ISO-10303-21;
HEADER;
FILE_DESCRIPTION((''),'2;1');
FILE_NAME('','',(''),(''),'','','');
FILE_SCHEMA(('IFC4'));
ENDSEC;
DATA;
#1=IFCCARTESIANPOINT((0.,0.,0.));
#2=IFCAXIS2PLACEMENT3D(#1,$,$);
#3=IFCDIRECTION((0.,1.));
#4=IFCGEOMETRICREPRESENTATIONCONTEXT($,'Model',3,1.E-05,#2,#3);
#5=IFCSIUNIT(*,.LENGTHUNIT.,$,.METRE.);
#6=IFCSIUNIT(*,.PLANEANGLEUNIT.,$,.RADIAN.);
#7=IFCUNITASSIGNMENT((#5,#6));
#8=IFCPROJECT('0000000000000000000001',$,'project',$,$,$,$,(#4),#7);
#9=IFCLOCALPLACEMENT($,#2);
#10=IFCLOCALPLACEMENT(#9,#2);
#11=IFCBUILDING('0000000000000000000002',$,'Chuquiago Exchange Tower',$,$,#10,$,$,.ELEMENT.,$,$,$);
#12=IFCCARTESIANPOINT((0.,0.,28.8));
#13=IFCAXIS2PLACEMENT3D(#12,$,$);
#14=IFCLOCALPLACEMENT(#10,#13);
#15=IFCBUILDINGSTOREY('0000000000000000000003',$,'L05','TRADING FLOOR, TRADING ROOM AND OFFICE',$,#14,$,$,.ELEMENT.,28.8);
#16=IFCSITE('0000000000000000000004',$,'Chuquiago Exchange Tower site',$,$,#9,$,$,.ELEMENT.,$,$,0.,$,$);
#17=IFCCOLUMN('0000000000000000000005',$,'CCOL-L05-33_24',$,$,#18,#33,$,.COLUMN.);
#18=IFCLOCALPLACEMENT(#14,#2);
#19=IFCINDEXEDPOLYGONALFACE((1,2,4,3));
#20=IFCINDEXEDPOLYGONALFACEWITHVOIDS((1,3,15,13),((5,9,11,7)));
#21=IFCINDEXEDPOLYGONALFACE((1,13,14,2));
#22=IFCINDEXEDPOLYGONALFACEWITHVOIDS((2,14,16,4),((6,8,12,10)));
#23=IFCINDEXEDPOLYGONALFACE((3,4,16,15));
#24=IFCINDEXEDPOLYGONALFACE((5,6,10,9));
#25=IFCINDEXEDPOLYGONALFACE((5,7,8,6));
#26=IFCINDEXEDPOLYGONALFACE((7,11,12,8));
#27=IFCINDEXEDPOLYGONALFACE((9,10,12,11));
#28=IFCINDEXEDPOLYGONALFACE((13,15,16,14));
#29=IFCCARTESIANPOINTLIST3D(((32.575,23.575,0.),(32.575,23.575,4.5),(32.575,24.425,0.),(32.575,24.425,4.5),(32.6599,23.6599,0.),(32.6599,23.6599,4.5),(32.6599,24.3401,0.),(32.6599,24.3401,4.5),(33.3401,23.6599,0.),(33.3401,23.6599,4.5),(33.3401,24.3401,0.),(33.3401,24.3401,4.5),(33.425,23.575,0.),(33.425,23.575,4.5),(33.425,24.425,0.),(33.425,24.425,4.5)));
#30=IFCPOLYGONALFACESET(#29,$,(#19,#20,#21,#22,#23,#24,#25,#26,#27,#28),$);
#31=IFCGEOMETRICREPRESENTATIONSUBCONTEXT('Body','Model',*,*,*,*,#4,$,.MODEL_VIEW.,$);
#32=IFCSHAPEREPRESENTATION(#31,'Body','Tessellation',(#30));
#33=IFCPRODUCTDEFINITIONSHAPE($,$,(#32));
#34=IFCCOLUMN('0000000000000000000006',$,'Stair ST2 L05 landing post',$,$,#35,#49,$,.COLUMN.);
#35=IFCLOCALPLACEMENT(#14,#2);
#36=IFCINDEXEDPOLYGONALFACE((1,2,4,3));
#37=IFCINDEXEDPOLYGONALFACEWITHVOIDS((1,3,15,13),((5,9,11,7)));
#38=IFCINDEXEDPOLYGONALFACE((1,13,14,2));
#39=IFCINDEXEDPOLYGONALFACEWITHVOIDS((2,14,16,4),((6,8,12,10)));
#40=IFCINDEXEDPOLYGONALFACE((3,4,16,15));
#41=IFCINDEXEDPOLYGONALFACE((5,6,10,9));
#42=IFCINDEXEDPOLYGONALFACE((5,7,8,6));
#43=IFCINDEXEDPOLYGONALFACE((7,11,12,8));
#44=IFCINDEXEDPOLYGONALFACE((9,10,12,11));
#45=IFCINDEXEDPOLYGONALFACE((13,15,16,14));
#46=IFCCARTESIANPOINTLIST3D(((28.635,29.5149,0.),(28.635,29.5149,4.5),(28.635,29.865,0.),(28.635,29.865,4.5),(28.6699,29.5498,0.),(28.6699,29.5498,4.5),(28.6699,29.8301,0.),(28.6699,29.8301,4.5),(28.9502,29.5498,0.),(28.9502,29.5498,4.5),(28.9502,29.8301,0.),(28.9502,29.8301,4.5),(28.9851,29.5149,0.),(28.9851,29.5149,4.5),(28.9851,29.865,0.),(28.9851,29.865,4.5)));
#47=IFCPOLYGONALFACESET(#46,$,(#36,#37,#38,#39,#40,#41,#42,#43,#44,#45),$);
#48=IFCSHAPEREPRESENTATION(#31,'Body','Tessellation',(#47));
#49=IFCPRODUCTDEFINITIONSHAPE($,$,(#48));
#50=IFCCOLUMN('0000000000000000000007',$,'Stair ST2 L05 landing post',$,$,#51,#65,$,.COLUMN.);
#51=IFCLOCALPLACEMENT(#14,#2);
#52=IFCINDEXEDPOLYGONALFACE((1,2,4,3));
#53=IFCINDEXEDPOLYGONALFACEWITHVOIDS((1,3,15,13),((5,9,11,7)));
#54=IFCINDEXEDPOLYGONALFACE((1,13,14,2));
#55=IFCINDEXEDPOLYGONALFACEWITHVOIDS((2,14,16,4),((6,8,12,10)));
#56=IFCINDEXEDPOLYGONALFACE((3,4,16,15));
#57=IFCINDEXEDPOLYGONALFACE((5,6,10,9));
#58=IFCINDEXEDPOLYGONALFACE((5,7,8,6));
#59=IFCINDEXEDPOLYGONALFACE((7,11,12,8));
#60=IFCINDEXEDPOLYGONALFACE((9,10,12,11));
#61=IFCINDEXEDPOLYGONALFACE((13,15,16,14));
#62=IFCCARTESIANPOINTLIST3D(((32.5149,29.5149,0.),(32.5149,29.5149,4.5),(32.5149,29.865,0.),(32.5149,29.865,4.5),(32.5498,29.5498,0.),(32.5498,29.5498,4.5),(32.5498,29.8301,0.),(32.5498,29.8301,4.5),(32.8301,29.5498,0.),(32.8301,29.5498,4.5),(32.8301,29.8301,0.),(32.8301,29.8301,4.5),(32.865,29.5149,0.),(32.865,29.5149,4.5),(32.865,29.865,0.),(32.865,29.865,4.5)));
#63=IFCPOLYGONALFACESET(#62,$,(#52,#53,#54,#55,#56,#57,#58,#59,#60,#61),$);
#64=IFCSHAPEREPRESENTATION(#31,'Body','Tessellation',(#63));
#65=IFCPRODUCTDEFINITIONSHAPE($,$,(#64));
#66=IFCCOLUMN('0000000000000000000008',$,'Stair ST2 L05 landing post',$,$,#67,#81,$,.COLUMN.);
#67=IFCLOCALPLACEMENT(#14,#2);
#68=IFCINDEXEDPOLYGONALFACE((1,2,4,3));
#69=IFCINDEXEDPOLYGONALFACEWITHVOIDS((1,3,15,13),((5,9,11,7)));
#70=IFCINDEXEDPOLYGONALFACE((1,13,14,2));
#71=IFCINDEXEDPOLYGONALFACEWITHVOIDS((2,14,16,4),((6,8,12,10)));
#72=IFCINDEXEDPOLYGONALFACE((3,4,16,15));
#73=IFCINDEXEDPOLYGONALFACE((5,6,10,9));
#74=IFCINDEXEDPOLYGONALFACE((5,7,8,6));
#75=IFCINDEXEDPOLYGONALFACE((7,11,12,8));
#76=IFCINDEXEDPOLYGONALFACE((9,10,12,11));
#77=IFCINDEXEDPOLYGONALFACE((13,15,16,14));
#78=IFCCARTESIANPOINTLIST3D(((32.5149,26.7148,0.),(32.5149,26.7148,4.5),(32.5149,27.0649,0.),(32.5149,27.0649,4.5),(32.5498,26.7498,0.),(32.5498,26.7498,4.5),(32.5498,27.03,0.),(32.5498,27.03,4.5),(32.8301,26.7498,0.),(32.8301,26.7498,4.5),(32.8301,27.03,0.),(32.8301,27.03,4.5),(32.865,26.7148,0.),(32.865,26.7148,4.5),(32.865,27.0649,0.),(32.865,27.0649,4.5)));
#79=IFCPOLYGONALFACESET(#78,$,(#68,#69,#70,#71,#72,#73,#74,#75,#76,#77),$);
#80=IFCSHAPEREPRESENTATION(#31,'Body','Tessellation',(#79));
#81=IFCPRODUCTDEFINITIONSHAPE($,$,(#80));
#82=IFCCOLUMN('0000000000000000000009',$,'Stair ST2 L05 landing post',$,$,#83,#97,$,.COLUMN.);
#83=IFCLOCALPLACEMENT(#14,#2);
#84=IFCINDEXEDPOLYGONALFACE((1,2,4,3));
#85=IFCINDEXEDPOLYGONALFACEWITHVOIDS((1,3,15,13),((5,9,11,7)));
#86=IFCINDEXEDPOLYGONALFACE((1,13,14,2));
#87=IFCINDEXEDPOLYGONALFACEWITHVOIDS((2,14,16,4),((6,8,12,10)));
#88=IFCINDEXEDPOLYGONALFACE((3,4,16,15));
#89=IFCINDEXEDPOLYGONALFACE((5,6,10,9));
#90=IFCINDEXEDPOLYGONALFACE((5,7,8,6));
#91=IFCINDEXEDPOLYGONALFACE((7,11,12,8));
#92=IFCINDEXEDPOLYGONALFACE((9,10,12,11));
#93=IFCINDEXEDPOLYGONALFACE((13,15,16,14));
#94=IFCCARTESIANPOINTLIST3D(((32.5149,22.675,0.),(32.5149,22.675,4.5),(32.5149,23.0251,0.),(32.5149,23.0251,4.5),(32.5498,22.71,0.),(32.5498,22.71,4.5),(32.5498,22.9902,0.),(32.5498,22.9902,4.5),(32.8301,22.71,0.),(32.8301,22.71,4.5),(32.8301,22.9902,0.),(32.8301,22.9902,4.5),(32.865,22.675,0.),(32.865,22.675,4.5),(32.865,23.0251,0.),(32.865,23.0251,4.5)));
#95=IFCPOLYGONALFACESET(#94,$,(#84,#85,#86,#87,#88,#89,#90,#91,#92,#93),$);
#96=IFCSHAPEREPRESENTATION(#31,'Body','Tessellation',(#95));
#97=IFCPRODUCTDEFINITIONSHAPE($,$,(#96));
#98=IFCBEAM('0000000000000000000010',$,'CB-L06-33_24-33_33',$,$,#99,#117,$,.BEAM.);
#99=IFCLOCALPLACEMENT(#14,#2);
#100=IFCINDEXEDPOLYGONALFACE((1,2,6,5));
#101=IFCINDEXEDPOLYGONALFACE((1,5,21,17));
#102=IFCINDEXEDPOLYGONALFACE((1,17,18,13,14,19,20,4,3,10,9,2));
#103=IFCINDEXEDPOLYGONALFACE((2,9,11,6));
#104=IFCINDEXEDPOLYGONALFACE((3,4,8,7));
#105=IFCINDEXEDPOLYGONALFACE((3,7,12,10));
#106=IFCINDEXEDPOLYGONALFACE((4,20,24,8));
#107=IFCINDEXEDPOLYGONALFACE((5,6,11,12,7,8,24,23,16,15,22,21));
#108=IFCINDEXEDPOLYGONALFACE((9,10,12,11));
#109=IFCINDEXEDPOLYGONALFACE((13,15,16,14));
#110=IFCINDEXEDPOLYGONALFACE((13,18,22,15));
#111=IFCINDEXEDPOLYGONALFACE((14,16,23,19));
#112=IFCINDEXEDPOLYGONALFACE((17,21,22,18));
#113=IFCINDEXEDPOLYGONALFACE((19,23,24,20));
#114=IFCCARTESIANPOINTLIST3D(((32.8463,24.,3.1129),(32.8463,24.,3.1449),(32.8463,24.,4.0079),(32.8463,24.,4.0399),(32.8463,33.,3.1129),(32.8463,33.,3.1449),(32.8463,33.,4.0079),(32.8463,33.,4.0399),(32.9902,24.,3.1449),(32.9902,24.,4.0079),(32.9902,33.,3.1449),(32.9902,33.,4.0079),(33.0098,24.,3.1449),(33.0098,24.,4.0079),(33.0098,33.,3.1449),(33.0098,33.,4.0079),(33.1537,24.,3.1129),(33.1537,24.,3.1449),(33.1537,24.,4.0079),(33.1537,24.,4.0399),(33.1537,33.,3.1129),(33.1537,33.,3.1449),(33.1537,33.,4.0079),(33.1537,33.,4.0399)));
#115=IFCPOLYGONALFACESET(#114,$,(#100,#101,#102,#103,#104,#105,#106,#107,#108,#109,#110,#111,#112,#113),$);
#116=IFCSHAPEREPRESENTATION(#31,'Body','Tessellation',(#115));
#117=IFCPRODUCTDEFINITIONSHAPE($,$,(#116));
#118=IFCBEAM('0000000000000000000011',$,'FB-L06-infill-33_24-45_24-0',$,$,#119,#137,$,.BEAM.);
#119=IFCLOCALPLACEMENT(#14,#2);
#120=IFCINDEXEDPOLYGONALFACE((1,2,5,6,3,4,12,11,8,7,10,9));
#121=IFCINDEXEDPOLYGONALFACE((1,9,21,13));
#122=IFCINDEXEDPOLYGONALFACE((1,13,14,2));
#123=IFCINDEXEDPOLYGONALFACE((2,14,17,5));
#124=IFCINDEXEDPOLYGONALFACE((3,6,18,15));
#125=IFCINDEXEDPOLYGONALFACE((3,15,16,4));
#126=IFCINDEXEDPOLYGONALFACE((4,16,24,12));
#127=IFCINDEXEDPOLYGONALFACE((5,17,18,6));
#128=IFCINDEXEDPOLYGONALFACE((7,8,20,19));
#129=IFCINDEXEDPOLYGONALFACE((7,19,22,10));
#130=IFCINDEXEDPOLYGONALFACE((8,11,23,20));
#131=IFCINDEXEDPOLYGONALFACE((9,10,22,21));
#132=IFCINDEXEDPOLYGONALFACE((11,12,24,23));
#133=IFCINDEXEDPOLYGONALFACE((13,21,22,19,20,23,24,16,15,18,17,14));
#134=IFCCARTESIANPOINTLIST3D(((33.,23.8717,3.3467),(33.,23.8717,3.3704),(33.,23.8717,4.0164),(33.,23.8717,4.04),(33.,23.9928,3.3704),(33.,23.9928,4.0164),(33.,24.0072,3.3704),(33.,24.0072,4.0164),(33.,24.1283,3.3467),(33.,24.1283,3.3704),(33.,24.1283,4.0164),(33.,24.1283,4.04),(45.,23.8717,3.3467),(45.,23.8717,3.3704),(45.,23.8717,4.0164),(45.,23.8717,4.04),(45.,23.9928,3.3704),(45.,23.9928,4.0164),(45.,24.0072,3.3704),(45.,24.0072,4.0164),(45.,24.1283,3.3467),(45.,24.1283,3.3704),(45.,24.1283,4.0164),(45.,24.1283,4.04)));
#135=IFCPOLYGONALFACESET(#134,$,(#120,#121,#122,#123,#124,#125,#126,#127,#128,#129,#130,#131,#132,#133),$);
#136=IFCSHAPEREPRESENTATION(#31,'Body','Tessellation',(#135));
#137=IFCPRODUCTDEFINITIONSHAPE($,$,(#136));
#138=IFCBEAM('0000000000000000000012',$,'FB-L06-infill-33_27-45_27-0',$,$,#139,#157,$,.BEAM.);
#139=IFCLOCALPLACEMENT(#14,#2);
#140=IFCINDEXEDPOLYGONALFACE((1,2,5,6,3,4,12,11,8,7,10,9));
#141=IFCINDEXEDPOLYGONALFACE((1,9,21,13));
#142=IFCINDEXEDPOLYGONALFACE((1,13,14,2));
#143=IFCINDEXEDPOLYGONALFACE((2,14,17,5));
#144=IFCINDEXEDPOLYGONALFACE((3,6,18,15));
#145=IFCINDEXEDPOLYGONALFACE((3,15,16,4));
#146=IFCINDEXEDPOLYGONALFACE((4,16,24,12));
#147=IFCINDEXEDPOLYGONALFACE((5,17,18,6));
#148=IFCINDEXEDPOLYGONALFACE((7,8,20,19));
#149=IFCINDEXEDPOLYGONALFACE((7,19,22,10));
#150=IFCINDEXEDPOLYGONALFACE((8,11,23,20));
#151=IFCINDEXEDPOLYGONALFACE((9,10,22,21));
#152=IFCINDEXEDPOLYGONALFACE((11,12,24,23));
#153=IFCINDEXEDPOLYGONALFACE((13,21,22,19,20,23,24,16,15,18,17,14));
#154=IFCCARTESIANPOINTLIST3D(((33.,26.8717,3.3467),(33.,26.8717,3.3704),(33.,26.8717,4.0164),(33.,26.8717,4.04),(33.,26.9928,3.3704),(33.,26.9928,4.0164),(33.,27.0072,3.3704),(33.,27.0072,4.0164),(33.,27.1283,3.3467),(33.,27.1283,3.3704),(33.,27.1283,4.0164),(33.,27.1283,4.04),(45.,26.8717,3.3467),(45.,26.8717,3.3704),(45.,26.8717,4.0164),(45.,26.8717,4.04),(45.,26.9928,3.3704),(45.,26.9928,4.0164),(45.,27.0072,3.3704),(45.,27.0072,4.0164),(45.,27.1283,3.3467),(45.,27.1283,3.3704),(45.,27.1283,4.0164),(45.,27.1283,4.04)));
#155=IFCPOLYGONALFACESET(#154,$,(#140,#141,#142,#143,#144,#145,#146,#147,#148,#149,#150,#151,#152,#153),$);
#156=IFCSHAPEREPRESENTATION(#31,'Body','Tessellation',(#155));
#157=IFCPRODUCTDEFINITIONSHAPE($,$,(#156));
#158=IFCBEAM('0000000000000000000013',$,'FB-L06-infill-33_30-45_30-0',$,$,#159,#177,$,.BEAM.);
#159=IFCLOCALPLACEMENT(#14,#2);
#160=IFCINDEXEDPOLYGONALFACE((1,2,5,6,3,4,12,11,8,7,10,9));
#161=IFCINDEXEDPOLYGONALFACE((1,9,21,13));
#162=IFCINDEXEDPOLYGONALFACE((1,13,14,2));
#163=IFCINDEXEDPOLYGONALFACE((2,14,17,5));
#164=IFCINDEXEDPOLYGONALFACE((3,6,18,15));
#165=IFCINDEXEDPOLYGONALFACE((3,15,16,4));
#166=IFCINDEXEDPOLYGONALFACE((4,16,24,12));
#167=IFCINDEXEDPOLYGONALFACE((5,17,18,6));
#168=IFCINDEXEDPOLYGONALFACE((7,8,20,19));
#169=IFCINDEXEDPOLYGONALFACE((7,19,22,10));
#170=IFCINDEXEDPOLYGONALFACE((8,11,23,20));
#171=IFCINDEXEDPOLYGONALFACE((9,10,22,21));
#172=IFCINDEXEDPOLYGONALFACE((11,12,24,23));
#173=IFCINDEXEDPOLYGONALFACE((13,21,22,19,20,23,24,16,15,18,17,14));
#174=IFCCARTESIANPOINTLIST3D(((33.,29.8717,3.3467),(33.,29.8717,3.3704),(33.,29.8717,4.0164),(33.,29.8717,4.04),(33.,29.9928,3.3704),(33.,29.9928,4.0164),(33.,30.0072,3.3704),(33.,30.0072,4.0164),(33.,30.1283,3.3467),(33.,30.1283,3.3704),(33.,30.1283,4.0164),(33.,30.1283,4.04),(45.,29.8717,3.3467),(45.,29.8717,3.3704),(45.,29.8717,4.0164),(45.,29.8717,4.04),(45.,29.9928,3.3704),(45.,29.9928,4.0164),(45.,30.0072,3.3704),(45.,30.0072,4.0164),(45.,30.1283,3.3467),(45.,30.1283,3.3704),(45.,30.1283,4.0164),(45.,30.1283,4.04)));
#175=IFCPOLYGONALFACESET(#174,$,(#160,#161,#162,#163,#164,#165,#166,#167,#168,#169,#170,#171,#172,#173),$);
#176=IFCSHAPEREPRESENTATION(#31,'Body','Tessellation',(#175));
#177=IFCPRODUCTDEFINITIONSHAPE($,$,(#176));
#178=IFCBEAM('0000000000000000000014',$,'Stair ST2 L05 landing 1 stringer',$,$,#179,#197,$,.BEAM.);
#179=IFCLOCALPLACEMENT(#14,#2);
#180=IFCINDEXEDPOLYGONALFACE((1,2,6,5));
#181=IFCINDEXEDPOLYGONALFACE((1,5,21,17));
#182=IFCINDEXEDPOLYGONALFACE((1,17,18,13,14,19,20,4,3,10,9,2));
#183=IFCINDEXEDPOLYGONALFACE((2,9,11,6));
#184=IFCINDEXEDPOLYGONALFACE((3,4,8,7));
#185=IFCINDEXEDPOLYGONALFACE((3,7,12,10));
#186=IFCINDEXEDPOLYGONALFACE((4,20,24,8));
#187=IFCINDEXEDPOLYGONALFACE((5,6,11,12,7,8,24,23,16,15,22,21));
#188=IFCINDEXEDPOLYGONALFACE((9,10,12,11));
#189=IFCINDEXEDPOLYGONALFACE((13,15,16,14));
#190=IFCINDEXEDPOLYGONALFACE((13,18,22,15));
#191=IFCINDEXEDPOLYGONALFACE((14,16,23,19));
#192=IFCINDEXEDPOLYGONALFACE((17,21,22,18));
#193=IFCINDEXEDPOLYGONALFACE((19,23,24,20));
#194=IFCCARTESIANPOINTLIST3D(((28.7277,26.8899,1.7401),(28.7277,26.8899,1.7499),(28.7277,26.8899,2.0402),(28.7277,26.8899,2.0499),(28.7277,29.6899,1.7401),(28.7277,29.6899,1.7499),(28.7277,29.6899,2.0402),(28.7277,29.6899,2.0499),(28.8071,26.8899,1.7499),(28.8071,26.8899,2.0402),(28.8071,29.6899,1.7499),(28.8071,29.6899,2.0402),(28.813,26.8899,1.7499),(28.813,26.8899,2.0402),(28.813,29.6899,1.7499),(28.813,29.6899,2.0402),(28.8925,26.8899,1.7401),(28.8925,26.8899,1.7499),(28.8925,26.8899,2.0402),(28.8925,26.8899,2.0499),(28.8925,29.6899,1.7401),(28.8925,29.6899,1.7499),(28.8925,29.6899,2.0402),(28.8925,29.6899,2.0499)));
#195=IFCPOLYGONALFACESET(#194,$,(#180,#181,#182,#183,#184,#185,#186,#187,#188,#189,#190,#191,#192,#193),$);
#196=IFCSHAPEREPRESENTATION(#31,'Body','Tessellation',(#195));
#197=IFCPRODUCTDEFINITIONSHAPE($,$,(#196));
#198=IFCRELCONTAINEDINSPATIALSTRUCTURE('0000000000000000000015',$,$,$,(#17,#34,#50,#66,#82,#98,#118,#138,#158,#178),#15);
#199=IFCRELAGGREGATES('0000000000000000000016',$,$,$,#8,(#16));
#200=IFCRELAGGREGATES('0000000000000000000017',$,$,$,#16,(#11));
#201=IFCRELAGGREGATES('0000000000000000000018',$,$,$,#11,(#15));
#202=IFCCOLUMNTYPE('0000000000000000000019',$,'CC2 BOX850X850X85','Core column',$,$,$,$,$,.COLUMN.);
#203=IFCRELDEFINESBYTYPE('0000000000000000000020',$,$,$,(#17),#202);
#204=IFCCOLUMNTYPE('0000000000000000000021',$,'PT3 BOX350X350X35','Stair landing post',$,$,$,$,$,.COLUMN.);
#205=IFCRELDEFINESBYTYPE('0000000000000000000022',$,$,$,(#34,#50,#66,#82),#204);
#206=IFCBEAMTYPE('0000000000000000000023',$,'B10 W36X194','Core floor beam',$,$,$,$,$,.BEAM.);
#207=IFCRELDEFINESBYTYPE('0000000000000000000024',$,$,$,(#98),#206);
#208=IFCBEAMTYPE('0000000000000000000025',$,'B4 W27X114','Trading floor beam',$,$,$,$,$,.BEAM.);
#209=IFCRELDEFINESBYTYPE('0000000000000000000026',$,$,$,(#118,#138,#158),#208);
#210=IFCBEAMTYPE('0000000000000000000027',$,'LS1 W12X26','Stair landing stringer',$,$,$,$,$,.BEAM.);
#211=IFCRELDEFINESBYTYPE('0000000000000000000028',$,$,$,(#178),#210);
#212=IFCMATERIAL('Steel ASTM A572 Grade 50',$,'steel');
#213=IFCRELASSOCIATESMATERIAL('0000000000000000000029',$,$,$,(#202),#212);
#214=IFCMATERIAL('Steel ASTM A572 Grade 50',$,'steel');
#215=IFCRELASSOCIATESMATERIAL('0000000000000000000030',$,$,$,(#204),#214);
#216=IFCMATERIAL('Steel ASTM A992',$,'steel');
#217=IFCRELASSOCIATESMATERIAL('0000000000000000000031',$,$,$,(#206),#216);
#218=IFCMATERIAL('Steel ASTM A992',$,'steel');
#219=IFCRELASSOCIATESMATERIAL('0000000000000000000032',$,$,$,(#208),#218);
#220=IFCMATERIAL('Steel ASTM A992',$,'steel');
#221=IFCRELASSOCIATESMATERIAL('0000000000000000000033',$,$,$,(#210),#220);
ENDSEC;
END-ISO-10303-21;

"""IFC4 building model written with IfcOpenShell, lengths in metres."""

from ifc_helpers import new_model, si_unit, direction, frame, origin, origin_2d, place, context, subcontext, project, spatial, hollow_rectangle, i_section, extrude, material, material_profile, profile_set, type_object, element, save


model = new_model("IFC4")

# Units and contexts
model_context = context("Model", 3, precision=1e-05, world=origin(), true_north=direction((0.0, 1.0)))
body_context = subcontext(model_context, "Body", "Model", "MODEL_VIEW")
ifc_project = project(units=[si_unit("LENGTHUNIT", "METRE"), si_unit("PLANEANGLEUNIT", "RADIAN")], contexts=[model_context])

# Site, building, storey
site_placement = place(None, origin())
site = spatial("IfcSite", under=ifc_project, at=site_placement, Name="Chuquiago Exchange Tower site", CompositionType="ELEMENT", RefElevation=0.0)
building_placement = place(site_placement, origin())
building = spatial("IfcBuilding", under=site, at=building_placement, Name="Chuquiago Exchange Tower", CompositionType="ELEMENT")
storey_placement = place(building_placement, frame((0.0, 0.0, 28.8)))
storey = spatial("IfcBuildingStorey", under=building, at=storey_placement, Name="L05", Description="TRADING FLOOR, TRADING ROOM AND OFFICE", CompositionType="ELEMENT", Elevation=28.8)

# Columns
ifc_material_1 = material(Name="Steel ASTM A572 Grade 50", Category="steel")
ifc_material_profile_1 = material_profile(ifc_material_1, hollow_rectangle(XDim=0.8501, YDim=0.8501, WallThickness=0.085, at=origin_2d()), Name="BOX850X850X85")
ifc_profile_set_1 = profile_set([ifc_material_profile_1], Name="Steel ASTM A572 Grade 50")
column_type_1 = type_object("IfcColumnType", Name="CC2 BOX850X850X85", Description="Core column", PredefinedType="COLUMN", material=ifc_profile_set_1)
column_placement = place(storey_placement, frame((33.0, 24.0, 0.0), z_axis=(0.0, 0.0, 1.0), x_axis=(1.0, 0.0, 0.0)))
element("IfcColumn", 1, at=column_placement, inside=storey, type_object=column_type_1, Name="CCOL-L05-33_24", PredefinedType="COLUMN", context=body_context, shape_type="SweptSolid", body=[
    extrude(hollow_rectangle(XDim=0.8501, YDim=0.8501, WallThickness=0.085, at=origin_2d()), origin(), (0.0, 0.0, 1.0), 4.5),
])
ifc_material_2 = material(Name="Steel ASTM A572 Grade 50", Category="steel")
ifc_material_profile_2 = material_profile(ifc_material_2, hollow_rectangle(XDim=0.3501, YDim=0.3501, WallThickness=0.0349, at=origin_2d()), Name="BOX350X350X35")
ifc_profile_set_2 = profile_set([ifc_material_profile_2], Name="Steel ASTM A572 Grade 50")
column_type_2 = type_object("IfcColumnType", Name="PT3 BOX350X350X35", Description="Stair landing post", PredefinedType="COLUMN", material=ifc_profile_set_2)
for number, where, z_axis, x_axis, name in (
    (2, (28.8101, 29.6899, 0.0), (0.0, 0.0, 1.0), (1.0, 0.0, 0.0), "Stair ST2 L05 landing post"),
    (3, (32.6899, 29.6899, 0.0), (0.0, 0.0, 1.0), (1.0, 0.0, 0.0), "Stair ST2 L05 landing post"),
    (4, (32.6899, 26.8899, 0.0), (0.0, 0.0, 1.0), (1.0, 0.0, 0.0), "Stair ST2 L05 landing post"),
    (5, (32.6899, 22.8501, 0.0), (0.0, 0.0, 1.0), (1.0, 0.0, 0.0), "Stair ST2 L05 landing post"),
):
    element("IfcColumn", number, at=place(storey_placement, frame(where, z_axis=z_axis, x_axis=x_axis)), inside=storey, type_object=column_type_2, Name=name, PredefinedType="COLUMN", context=body_context, shape_type="SweptSolid", body=[
        extrude(hollow_rectangle(XDim=0.3501, YDim=0.3501, WallThickness=0.0349, at=origin_2d()), origin(), (0.0, 0.0, 1.0), 4.5),
    ])

# Beams
ifc_material_3 = material(Name="Steel ASTM A992", Category="steel")
ifc_material_profile_3 = material_profile(ifc_material_3, i_section(OverallWidth=0.3074, OverallDepth=0.927, WebThickness=0.0195, FlangeThickness=0.032, at=origin_2d()), Name="W36X194")
ifc_profile_set_3 = profile_set([ifc_material_profile_3], Name="Steel ASTM A992")
beam_type_1 = type_object("IfcBeamType", Name="B10 W36X194", Description="Core floor beam", PredefinedType="BEAM", material=ifc_profile_set_3)
beam_placement = place(storey_placement, frame((33.0, 24.0, 3.5764), z_axis=(0.0, 1.0, 0.0), x_axis=(-1.0, 0.0, 0.0)))
element("IfcBeam", 6, at=beam_placement, inside=storey, type_object=beam_type_1, Name="CB-L06-33_24-33_33", PredefinedType="BEAM", context=body_context, shape_type="SweptSolid", body=[
    extrude(i_section(OverallWidth=0.3074, OverallDepth=0.927, WebThickness=0.0195, FlangeThickness=0.032, at=origin_2d()), origin(), (0.0, 0.0, 1.0), 9.0),
])
ifc_material_4 = material(Name="Steel ASTM A992", Category="steel")
ifc_material_profile_4 = material_profile(ifc_material_4, i_section(OverallWidth=0.2566, OverallDepth=0.6934, WebThickness=0.0144, FlangeThickness=0.0237, at=origin_2d()), Name="W27X114")
ifc_profile_set_4 = profile_set([ifc_material_profile_4], Name="Steel ASTM A992")
beam_type_2 = type_object("IfcBeamType", Name="B4 W27X114", Description="Trading floor beam", PredefinedType="BEAM", material=ifc_profile_set_4)
for number, where, z_axis, x_axis, name in (
    (7, (33.0, 24.0, 3.6934), (1.0, 0.0, 0.0), (0.0, 1.0, 0.0), "FB-L06-infill-33_24-45_24-0"),
    (8, (33.0, 27.0, 3.6934), (1.0, 0.0, 0.0), (0.0, 1.0, 0.0), "FB-L06-infill-33_27-45_27-0"),
    (9, (33.0, 30.0, 3.6934), (1.0, 0.0, 0.0), (0.0, 1.0, 0.0), "FB-L06-infill-33_30-45_30-0"),
):
    element("IfcBeam", number, at=place(storey_placement, frame(where, z_axis=z_axis, x_axis=x_axis)), inside=storey, type_object=beam_type_2, Name=name, PredefinedType="BEAM", context=body_context, shape_type="SweptSolid", body=[
        extrude(i_section(OverallWidth=0.2566, OverallDepth=0.6934, WebThickness=0.0144, FlangeThickness=0.0237, at=origin_2d()), origin(), (0.0, 0.0, 1.0), 12.0),
    ])
ifc_material_5 = material(Name="Steel ASTM A992", Category="steel")
ifc_material_profile_5 = material_profile(ifc_material_5, i_section(OverallWidth=0.1648, OverallDepth=0.3098, WebThickness=0.0059, FlangeThickness=0.0098, at=origin_2d()), Name="W12X26")
ifc_profile_set_5 = profile_set([ifc_material_profile_5], Name="Steel ASTM A992")
beam_type_3 = type_object("IfcBeamType", Name="LS1 W12X26", Description="Stair landing stringer", PredefinedType="BEAM", material=ifc_profile_set_5)
for number, where, z_axis, x_axis, name in (
    (10, (28.8101, 26.8899, 1.895), (0.0, 1.0, 0.0), (-1.0, 0.0, 0.0), "Stair ST2 L05 landing 1 stringer"),
):
    element("IfcBeam", number, at=place(storey_placement, frame(where, z_axis=z_axis, x_axis=x_axis)), inside=storey, type_object=beam_type_3, Name=name, PredefinedType="BEAM", context=body_context, shape_type="SweptSolid", body=[
        extrude(i_section(OverallWidth=0.1648, OverallDepth=0.3098, WebThickness=0.0059, FlangeThickness=0.0098, at=origin_2d()), origin(), (0.0, 0.0, 1.0), 2.8),
    ])

save(model, "model.ifc")
